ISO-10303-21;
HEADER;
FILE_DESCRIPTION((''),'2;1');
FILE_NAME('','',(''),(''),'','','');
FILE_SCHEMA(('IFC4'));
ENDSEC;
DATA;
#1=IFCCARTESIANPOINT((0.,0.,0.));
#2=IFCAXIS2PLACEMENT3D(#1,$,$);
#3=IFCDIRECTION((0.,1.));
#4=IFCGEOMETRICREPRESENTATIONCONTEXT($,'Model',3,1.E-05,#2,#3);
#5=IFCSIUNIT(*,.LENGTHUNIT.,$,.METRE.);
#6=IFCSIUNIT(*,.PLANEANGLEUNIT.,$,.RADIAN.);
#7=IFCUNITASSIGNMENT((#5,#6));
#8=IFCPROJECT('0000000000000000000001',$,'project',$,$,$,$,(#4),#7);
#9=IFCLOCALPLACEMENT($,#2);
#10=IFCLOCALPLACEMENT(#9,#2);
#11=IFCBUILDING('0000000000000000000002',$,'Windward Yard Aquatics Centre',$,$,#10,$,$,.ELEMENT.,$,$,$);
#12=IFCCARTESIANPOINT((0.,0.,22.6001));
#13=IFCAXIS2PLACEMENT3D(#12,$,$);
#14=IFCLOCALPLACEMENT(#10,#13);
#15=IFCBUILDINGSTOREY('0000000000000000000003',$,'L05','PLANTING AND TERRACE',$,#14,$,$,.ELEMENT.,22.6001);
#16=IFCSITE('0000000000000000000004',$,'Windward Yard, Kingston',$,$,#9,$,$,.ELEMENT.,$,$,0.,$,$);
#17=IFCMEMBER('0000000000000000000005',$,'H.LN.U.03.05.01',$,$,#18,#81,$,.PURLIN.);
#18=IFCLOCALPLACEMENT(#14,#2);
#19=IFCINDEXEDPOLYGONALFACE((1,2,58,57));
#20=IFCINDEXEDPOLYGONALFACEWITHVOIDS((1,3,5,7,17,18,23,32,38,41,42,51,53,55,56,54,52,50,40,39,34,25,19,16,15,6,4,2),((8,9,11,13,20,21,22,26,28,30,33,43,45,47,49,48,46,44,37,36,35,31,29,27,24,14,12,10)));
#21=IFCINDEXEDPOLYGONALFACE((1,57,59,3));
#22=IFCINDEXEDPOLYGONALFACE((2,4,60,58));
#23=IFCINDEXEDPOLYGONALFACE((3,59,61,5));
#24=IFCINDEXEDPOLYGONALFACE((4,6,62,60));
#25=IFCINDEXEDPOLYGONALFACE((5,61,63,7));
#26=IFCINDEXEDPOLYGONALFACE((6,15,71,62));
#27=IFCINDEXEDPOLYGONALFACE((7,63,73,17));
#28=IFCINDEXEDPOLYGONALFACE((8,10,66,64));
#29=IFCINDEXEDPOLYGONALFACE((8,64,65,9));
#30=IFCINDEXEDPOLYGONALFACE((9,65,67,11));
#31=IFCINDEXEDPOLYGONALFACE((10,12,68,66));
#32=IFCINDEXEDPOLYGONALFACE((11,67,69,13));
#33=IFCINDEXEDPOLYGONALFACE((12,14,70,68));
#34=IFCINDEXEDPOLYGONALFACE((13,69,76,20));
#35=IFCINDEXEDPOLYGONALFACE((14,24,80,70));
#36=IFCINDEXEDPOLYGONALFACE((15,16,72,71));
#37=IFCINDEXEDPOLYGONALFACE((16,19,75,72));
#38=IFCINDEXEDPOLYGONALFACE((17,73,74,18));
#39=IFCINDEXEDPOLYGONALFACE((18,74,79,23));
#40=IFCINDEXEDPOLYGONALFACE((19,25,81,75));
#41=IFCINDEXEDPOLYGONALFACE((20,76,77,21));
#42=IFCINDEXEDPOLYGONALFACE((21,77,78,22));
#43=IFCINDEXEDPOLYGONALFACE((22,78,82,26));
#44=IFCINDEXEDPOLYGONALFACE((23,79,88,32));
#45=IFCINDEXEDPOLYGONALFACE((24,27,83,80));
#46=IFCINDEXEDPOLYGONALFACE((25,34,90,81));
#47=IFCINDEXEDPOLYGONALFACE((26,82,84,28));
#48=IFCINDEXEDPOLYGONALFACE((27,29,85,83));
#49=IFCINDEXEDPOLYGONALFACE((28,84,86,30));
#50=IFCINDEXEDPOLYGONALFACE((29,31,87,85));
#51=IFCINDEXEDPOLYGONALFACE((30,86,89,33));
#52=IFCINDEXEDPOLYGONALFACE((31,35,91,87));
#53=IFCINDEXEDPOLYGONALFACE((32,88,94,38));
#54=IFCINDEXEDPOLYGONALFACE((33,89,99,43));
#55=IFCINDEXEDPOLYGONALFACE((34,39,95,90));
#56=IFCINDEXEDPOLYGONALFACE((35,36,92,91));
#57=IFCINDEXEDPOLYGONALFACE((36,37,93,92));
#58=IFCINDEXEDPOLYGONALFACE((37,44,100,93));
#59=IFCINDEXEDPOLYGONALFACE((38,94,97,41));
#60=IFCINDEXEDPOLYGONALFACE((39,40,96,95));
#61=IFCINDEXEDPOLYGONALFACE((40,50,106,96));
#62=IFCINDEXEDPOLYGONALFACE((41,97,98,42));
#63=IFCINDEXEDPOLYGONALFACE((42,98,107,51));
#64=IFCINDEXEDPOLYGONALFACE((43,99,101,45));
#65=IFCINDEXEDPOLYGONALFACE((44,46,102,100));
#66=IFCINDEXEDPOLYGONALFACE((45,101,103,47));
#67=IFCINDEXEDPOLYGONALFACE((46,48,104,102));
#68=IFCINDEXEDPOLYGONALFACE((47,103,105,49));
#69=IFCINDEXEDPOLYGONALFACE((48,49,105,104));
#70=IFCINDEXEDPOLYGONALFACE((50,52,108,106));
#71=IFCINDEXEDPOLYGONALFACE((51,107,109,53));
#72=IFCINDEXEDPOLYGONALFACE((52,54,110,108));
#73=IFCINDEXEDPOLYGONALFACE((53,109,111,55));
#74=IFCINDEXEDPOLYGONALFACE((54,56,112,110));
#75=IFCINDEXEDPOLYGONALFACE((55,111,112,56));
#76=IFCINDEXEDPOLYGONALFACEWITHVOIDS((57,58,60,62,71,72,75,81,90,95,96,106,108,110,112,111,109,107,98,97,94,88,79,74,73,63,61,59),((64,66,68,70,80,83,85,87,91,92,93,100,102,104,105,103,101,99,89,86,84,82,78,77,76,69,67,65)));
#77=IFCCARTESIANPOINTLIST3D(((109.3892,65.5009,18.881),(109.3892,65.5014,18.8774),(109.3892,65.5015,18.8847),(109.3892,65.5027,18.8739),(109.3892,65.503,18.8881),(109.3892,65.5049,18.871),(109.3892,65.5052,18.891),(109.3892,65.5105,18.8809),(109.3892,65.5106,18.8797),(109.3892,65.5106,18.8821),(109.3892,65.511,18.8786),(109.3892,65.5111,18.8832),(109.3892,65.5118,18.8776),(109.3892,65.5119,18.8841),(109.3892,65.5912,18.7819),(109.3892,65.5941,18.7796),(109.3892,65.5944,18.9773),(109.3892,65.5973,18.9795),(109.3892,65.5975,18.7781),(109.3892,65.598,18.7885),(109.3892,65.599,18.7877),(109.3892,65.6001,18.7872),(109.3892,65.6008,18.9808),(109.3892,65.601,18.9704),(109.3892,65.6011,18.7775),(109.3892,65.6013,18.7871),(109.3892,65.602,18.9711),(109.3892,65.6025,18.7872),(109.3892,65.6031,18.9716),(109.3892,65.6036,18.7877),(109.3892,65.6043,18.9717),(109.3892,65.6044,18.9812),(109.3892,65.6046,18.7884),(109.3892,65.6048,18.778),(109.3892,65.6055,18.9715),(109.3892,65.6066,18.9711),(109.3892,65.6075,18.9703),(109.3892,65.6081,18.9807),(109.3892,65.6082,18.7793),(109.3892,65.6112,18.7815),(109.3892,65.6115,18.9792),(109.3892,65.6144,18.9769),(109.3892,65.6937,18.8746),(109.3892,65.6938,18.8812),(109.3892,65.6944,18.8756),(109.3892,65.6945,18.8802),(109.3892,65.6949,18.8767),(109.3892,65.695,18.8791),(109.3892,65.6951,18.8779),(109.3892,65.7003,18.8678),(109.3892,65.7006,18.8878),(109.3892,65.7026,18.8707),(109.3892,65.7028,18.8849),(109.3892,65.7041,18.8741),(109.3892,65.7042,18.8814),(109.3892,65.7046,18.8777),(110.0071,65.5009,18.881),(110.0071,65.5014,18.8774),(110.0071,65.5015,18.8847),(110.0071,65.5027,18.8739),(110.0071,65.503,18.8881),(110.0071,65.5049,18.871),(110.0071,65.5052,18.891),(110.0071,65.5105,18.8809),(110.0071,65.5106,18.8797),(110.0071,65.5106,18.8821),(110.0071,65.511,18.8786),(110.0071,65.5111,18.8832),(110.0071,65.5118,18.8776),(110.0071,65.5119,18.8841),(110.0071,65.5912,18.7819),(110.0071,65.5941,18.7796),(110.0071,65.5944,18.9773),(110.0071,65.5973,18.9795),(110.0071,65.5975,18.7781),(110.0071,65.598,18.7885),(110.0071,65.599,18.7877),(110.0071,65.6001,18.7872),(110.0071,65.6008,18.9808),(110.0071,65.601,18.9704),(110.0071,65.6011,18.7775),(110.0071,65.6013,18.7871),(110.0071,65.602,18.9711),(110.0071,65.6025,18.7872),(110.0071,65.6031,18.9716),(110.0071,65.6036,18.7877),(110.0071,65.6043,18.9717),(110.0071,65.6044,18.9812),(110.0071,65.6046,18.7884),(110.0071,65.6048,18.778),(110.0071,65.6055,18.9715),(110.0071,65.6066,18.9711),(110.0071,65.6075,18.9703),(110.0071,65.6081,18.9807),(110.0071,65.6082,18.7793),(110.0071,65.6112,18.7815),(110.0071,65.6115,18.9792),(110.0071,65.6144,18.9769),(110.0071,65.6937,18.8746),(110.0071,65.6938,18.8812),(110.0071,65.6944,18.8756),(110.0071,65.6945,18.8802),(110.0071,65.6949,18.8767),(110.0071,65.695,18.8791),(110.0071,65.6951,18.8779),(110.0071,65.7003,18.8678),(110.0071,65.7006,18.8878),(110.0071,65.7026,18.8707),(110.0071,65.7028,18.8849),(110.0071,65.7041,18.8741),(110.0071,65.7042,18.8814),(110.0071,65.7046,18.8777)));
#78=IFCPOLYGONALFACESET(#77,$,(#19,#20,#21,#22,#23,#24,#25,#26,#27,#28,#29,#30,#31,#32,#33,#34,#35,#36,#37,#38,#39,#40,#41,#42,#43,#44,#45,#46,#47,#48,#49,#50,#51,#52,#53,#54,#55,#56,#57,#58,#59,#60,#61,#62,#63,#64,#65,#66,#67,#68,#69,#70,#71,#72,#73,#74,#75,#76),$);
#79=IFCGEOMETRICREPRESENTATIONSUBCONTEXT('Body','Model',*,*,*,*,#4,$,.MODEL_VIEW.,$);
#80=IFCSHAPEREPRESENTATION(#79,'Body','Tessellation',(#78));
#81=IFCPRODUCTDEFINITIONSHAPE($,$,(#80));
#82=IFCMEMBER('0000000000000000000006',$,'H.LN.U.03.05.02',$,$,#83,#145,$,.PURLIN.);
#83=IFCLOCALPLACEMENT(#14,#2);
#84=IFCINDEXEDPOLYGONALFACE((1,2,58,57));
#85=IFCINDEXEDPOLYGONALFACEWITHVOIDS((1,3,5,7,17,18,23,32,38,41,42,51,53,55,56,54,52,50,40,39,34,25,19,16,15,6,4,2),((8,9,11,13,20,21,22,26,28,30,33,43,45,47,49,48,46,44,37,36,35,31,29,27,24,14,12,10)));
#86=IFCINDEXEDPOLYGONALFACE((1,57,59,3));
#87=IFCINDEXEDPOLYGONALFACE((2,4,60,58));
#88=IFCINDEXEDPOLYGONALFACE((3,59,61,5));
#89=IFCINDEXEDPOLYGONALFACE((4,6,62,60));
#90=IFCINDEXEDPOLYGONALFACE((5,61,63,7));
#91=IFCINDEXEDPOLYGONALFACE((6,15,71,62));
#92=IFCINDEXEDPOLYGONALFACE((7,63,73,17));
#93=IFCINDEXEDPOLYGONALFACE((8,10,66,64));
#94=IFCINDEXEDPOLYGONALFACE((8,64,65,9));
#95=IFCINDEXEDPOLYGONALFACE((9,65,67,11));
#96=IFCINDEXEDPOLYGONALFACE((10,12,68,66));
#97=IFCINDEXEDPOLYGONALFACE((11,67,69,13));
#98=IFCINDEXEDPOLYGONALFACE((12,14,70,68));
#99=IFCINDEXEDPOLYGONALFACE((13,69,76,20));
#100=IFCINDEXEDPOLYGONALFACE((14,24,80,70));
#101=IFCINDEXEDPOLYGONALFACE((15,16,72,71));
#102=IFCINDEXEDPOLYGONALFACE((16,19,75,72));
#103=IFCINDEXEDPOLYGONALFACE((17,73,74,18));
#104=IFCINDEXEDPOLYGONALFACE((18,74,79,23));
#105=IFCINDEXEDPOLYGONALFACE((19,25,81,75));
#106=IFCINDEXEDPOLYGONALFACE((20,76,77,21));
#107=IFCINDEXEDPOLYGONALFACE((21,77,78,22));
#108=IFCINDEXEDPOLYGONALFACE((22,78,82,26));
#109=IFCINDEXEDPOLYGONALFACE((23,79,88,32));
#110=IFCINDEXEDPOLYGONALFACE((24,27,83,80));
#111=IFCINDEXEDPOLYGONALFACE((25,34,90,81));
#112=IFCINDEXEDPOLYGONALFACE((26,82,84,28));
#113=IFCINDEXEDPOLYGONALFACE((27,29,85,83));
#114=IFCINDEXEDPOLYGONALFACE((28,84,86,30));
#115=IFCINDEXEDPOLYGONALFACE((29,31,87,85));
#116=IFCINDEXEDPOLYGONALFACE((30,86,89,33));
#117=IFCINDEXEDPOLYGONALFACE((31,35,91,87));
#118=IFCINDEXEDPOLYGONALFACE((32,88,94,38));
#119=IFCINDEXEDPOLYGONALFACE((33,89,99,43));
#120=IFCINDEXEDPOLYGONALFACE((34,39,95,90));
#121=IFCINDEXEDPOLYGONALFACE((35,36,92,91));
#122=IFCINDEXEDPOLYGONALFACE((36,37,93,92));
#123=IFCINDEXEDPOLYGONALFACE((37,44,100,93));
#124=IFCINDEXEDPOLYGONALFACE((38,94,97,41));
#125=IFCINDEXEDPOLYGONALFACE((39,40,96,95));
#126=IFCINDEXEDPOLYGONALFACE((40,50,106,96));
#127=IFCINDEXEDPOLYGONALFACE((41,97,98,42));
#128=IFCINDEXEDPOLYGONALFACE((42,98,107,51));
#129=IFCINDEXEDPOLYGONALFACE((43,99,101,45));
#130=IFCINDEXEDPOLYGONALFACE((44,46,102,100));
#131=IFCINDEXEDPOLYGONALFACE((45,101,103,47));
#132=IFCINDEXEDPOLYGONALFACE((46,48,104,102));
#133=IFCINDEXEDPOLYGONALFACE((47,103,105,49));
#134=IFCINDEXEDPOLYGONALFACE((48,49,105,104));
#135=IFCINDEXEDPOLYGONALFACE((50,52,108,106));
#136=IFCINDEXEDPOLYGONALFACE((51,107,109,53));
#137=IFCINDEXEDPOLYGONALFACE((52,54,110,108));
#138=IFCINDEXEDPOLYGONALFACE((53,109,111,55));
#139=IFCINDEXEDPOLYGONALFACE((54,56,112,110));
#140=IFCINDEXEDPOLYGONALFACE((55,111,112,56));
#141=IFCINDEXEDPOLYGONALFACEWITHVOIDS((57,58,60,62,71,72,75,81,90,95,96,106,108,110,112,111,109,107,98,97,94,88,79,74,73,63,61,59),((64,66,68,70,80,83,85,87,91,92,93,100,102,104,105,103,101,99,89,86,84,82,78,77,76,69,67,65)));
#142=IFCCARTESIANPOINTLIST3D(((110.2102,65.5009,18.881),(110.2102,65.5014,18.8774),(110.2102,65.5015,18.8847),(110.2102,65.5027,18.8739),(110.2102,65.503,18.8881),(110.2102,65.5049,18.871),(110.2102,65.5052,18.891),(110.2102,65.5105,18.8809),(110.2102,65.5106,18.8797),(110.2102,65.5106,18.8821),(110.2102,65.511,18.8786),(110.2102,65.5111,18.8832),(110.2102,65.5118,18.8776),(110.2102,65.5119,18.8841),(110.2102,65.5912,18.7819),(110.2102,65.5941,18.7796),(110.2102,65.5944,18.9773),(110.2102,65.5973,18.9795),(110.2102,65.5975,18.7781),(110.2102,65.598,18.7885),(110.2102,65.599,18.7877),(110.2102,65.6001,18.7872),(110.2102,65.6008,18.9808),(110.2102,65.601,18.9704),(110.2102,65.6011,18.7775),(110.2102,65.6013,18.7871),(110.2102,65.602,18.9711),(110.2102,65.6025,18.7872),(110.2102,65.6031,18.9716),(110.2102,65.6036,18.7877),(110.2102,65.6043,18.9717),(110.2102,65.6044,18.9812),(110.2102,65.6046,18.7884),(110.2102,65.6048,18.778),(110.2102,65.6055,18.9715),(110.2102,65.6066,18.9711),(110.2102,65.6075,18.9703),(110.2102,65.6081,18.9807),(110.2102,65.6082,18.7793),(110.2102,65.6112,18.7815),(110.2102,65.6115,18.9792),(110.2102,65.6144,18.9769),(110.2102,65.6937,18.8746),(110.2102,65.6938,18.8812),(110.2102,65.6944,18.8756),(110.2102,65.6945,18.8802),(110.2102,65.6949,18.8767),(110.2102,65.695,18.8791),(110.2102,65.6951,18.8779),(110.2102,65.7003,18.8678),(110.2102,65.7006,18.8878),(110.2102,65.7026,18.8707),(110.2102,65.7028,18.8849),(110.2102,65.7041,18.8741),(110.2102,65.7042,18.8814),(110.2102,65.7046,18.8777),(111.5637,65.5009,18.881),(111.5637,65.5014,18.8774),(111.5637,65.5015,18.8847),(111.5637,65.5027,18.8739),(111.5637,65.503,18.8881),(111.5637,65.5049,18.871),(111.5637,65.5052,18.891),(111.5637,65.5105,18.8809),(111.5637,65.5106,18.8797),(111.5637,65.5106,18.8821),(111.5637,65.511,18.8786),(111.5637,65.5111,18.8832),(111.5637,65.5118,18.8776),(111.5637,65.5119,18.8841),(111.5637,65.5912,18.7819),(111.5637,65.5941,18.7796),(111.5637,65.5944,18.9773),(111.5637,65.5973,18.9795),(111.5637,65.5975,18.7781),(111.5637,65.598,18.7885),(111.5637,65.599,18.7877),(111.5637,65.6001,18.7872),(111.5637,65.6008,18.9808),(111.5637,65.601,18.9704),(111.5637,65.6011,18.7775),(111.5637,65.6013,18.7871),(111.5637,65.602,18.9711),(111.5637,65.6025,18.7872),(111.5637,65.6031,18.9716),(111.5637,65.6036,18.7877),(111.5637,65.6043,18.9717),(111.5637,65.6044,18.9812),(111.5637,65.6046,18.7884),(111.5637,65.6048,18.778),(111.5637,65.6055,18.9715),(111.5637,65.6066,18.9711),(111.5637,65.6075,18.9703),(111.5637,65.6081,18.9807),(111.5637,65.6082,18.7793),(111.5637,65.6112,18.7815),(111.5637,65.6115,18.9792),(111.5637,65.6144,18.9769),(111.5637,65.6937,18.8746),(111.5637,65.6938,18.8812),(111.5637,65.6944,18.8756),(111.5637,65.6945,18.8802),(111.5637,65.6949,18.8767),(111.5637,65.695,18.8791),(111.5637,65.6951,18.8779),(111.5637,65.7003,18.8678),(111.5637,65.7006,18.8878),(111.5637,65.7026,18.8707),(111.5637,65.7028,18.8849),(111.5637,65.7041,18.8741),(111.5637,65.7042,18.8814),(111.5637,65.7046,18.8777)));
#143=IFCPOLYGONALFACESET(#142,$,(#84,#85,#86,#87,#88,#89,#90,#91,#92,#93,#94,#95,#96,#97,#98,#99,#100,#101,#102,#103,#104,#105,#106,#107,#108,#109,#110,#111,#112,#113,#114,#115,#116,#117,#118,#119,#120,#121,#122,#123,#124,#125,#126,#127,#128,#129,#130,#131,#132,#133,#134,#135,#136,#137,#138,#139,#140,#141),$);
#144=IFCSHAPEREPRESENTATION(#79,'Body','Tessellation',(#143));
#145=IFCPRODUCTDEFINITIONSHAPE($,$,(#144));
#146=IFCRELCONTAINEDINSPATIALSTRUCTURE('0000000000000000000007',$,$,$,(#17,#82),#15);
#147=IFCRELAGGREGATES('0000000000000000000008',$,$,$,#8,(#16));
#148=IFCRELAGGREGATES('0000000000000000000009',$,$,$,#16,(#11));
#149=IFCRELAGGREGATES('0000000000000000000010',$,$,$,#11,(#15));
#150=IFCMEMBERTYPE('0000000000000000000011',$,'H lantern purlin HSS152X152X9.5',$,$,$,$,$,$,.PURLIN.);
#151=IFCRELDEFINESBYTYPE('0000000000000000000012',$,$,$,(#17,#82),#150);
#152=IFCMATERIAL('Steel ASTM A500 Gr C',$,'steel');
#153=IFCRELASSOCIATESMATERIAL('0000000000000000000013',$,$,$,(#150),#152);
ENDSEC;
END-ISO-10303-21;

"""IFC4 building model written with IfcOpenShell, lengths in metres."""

from ifc_helpers import new_model, si_unit, direction, frame, origin, origin_2d, place, context, subcontext, project, spatial, hollow_rectangle, extrude, material, material_profile, profile_set, type_object, element, save


model = new_model("IFC4")

# Units and contexts
model_context = context("Model", 3, precision=1e-05, world=origin(), true_north=direction((0.0, 1.0)))
body_context = subcontext(model_context, "Body", "Model", "MODEL_VIEW")
ifc_project = project(units=[si_unit("LENGTHUNIT", "METRE"), si_unit("PLANEANGLEUNIT", "RADIAN")], contexts=[model_context])

# Site, building, storey
site_placement = place(None, origin())
site = spatial("IfcSite", under=ifc_project, at=site_placement, Name="Windward Yard, Kingston", CompositionType="ELEMENT", RefElevation=0.0)
building_placement = place(site_placement, origin())
building = spatial("IfcBuilding", under=site, at=building_placement, Name="Windward Yard Aquatics Centre", CompositionType="ELEMENT")
storey_placement = place(building_placement, frame((0.0, 0.0, 22.6001)))
storey = spatial("IfcBuildingStorey", under=building, at=storey_placement, Name="L05", Description="PLANTING AND TERRACE", CompositionType="ELEMENT", Elevation=22.6001)

# Members
ifc_material_1 = material(Name="Steel ASTM A500 Gr C", Category="steel")
ifc_material_profile = material_profile(ifc_material_1, hollow_rectangle(XDim=0.1523, YDim=0.1523, WallThickness=0.0095, InnerFilletRadius=0.0046, OuterFilletRadius=0.0142, at=origin_2d()), Name="HSS152X152X9.5")
ifc_profile_set = profile_set([ifc_material_profile], Name="Steel ASTM A500 Gr C")
member_type = type_object("IfcMemberType", Name="H lantern purlin HSS152X152X9.5", PredefinedType="PURLIN", material=ifc_profile_set)
member_1_placement = place(storey_placement, frame((109.3892, 65.6028, 18.8794), z_axis=(1.0, 0.0, 0.0), x_axis=(0.0, 0.69555, -0.718477)))
element("IfcMember", 1, at=member_1_placement, inside=storey, type_object=member_type, Name="H.LN.U.03.05.01", PredefinedType="PURLIN", context=body_context, shape_type="SweptSolid", body=[
    extrude(hollow_rectangle(XDim=0.1523, YDim=0.1523, WallThickness=0.0095, InnerFilletRadius=0.0046, OuterFilletRadius=0.0142, at=origin_2d()), origin(), (0.0, 0.0, 1.0), 0.6179),
])
member_2_placement = place(storey_placement, frame((110.2102, 65.6028, 18.8794), z_axis=(1.0, 0.0, 0.0), x_axis=(0.0, 0.69555, -0.718477)))
element("IfcMember", 2, at=member_2_placement, inside=storey, type_object=member_type, Name="H.LN.U.03.05.02", PredefinedType="PURLIN", context=body_context, shape_type="SweptSolid", body=[
    extrude(hollow_rectangle(XDim=0.1523, YDim=0.1523, WallThickness=0.0095, InnerFilletRadius=0.0046, OuterFilletRadius=0.0142, at=origin_2d()), origin(), (0.0, 0.0, 1.0), 1.3535),
])

save(model, "model.ifc")
